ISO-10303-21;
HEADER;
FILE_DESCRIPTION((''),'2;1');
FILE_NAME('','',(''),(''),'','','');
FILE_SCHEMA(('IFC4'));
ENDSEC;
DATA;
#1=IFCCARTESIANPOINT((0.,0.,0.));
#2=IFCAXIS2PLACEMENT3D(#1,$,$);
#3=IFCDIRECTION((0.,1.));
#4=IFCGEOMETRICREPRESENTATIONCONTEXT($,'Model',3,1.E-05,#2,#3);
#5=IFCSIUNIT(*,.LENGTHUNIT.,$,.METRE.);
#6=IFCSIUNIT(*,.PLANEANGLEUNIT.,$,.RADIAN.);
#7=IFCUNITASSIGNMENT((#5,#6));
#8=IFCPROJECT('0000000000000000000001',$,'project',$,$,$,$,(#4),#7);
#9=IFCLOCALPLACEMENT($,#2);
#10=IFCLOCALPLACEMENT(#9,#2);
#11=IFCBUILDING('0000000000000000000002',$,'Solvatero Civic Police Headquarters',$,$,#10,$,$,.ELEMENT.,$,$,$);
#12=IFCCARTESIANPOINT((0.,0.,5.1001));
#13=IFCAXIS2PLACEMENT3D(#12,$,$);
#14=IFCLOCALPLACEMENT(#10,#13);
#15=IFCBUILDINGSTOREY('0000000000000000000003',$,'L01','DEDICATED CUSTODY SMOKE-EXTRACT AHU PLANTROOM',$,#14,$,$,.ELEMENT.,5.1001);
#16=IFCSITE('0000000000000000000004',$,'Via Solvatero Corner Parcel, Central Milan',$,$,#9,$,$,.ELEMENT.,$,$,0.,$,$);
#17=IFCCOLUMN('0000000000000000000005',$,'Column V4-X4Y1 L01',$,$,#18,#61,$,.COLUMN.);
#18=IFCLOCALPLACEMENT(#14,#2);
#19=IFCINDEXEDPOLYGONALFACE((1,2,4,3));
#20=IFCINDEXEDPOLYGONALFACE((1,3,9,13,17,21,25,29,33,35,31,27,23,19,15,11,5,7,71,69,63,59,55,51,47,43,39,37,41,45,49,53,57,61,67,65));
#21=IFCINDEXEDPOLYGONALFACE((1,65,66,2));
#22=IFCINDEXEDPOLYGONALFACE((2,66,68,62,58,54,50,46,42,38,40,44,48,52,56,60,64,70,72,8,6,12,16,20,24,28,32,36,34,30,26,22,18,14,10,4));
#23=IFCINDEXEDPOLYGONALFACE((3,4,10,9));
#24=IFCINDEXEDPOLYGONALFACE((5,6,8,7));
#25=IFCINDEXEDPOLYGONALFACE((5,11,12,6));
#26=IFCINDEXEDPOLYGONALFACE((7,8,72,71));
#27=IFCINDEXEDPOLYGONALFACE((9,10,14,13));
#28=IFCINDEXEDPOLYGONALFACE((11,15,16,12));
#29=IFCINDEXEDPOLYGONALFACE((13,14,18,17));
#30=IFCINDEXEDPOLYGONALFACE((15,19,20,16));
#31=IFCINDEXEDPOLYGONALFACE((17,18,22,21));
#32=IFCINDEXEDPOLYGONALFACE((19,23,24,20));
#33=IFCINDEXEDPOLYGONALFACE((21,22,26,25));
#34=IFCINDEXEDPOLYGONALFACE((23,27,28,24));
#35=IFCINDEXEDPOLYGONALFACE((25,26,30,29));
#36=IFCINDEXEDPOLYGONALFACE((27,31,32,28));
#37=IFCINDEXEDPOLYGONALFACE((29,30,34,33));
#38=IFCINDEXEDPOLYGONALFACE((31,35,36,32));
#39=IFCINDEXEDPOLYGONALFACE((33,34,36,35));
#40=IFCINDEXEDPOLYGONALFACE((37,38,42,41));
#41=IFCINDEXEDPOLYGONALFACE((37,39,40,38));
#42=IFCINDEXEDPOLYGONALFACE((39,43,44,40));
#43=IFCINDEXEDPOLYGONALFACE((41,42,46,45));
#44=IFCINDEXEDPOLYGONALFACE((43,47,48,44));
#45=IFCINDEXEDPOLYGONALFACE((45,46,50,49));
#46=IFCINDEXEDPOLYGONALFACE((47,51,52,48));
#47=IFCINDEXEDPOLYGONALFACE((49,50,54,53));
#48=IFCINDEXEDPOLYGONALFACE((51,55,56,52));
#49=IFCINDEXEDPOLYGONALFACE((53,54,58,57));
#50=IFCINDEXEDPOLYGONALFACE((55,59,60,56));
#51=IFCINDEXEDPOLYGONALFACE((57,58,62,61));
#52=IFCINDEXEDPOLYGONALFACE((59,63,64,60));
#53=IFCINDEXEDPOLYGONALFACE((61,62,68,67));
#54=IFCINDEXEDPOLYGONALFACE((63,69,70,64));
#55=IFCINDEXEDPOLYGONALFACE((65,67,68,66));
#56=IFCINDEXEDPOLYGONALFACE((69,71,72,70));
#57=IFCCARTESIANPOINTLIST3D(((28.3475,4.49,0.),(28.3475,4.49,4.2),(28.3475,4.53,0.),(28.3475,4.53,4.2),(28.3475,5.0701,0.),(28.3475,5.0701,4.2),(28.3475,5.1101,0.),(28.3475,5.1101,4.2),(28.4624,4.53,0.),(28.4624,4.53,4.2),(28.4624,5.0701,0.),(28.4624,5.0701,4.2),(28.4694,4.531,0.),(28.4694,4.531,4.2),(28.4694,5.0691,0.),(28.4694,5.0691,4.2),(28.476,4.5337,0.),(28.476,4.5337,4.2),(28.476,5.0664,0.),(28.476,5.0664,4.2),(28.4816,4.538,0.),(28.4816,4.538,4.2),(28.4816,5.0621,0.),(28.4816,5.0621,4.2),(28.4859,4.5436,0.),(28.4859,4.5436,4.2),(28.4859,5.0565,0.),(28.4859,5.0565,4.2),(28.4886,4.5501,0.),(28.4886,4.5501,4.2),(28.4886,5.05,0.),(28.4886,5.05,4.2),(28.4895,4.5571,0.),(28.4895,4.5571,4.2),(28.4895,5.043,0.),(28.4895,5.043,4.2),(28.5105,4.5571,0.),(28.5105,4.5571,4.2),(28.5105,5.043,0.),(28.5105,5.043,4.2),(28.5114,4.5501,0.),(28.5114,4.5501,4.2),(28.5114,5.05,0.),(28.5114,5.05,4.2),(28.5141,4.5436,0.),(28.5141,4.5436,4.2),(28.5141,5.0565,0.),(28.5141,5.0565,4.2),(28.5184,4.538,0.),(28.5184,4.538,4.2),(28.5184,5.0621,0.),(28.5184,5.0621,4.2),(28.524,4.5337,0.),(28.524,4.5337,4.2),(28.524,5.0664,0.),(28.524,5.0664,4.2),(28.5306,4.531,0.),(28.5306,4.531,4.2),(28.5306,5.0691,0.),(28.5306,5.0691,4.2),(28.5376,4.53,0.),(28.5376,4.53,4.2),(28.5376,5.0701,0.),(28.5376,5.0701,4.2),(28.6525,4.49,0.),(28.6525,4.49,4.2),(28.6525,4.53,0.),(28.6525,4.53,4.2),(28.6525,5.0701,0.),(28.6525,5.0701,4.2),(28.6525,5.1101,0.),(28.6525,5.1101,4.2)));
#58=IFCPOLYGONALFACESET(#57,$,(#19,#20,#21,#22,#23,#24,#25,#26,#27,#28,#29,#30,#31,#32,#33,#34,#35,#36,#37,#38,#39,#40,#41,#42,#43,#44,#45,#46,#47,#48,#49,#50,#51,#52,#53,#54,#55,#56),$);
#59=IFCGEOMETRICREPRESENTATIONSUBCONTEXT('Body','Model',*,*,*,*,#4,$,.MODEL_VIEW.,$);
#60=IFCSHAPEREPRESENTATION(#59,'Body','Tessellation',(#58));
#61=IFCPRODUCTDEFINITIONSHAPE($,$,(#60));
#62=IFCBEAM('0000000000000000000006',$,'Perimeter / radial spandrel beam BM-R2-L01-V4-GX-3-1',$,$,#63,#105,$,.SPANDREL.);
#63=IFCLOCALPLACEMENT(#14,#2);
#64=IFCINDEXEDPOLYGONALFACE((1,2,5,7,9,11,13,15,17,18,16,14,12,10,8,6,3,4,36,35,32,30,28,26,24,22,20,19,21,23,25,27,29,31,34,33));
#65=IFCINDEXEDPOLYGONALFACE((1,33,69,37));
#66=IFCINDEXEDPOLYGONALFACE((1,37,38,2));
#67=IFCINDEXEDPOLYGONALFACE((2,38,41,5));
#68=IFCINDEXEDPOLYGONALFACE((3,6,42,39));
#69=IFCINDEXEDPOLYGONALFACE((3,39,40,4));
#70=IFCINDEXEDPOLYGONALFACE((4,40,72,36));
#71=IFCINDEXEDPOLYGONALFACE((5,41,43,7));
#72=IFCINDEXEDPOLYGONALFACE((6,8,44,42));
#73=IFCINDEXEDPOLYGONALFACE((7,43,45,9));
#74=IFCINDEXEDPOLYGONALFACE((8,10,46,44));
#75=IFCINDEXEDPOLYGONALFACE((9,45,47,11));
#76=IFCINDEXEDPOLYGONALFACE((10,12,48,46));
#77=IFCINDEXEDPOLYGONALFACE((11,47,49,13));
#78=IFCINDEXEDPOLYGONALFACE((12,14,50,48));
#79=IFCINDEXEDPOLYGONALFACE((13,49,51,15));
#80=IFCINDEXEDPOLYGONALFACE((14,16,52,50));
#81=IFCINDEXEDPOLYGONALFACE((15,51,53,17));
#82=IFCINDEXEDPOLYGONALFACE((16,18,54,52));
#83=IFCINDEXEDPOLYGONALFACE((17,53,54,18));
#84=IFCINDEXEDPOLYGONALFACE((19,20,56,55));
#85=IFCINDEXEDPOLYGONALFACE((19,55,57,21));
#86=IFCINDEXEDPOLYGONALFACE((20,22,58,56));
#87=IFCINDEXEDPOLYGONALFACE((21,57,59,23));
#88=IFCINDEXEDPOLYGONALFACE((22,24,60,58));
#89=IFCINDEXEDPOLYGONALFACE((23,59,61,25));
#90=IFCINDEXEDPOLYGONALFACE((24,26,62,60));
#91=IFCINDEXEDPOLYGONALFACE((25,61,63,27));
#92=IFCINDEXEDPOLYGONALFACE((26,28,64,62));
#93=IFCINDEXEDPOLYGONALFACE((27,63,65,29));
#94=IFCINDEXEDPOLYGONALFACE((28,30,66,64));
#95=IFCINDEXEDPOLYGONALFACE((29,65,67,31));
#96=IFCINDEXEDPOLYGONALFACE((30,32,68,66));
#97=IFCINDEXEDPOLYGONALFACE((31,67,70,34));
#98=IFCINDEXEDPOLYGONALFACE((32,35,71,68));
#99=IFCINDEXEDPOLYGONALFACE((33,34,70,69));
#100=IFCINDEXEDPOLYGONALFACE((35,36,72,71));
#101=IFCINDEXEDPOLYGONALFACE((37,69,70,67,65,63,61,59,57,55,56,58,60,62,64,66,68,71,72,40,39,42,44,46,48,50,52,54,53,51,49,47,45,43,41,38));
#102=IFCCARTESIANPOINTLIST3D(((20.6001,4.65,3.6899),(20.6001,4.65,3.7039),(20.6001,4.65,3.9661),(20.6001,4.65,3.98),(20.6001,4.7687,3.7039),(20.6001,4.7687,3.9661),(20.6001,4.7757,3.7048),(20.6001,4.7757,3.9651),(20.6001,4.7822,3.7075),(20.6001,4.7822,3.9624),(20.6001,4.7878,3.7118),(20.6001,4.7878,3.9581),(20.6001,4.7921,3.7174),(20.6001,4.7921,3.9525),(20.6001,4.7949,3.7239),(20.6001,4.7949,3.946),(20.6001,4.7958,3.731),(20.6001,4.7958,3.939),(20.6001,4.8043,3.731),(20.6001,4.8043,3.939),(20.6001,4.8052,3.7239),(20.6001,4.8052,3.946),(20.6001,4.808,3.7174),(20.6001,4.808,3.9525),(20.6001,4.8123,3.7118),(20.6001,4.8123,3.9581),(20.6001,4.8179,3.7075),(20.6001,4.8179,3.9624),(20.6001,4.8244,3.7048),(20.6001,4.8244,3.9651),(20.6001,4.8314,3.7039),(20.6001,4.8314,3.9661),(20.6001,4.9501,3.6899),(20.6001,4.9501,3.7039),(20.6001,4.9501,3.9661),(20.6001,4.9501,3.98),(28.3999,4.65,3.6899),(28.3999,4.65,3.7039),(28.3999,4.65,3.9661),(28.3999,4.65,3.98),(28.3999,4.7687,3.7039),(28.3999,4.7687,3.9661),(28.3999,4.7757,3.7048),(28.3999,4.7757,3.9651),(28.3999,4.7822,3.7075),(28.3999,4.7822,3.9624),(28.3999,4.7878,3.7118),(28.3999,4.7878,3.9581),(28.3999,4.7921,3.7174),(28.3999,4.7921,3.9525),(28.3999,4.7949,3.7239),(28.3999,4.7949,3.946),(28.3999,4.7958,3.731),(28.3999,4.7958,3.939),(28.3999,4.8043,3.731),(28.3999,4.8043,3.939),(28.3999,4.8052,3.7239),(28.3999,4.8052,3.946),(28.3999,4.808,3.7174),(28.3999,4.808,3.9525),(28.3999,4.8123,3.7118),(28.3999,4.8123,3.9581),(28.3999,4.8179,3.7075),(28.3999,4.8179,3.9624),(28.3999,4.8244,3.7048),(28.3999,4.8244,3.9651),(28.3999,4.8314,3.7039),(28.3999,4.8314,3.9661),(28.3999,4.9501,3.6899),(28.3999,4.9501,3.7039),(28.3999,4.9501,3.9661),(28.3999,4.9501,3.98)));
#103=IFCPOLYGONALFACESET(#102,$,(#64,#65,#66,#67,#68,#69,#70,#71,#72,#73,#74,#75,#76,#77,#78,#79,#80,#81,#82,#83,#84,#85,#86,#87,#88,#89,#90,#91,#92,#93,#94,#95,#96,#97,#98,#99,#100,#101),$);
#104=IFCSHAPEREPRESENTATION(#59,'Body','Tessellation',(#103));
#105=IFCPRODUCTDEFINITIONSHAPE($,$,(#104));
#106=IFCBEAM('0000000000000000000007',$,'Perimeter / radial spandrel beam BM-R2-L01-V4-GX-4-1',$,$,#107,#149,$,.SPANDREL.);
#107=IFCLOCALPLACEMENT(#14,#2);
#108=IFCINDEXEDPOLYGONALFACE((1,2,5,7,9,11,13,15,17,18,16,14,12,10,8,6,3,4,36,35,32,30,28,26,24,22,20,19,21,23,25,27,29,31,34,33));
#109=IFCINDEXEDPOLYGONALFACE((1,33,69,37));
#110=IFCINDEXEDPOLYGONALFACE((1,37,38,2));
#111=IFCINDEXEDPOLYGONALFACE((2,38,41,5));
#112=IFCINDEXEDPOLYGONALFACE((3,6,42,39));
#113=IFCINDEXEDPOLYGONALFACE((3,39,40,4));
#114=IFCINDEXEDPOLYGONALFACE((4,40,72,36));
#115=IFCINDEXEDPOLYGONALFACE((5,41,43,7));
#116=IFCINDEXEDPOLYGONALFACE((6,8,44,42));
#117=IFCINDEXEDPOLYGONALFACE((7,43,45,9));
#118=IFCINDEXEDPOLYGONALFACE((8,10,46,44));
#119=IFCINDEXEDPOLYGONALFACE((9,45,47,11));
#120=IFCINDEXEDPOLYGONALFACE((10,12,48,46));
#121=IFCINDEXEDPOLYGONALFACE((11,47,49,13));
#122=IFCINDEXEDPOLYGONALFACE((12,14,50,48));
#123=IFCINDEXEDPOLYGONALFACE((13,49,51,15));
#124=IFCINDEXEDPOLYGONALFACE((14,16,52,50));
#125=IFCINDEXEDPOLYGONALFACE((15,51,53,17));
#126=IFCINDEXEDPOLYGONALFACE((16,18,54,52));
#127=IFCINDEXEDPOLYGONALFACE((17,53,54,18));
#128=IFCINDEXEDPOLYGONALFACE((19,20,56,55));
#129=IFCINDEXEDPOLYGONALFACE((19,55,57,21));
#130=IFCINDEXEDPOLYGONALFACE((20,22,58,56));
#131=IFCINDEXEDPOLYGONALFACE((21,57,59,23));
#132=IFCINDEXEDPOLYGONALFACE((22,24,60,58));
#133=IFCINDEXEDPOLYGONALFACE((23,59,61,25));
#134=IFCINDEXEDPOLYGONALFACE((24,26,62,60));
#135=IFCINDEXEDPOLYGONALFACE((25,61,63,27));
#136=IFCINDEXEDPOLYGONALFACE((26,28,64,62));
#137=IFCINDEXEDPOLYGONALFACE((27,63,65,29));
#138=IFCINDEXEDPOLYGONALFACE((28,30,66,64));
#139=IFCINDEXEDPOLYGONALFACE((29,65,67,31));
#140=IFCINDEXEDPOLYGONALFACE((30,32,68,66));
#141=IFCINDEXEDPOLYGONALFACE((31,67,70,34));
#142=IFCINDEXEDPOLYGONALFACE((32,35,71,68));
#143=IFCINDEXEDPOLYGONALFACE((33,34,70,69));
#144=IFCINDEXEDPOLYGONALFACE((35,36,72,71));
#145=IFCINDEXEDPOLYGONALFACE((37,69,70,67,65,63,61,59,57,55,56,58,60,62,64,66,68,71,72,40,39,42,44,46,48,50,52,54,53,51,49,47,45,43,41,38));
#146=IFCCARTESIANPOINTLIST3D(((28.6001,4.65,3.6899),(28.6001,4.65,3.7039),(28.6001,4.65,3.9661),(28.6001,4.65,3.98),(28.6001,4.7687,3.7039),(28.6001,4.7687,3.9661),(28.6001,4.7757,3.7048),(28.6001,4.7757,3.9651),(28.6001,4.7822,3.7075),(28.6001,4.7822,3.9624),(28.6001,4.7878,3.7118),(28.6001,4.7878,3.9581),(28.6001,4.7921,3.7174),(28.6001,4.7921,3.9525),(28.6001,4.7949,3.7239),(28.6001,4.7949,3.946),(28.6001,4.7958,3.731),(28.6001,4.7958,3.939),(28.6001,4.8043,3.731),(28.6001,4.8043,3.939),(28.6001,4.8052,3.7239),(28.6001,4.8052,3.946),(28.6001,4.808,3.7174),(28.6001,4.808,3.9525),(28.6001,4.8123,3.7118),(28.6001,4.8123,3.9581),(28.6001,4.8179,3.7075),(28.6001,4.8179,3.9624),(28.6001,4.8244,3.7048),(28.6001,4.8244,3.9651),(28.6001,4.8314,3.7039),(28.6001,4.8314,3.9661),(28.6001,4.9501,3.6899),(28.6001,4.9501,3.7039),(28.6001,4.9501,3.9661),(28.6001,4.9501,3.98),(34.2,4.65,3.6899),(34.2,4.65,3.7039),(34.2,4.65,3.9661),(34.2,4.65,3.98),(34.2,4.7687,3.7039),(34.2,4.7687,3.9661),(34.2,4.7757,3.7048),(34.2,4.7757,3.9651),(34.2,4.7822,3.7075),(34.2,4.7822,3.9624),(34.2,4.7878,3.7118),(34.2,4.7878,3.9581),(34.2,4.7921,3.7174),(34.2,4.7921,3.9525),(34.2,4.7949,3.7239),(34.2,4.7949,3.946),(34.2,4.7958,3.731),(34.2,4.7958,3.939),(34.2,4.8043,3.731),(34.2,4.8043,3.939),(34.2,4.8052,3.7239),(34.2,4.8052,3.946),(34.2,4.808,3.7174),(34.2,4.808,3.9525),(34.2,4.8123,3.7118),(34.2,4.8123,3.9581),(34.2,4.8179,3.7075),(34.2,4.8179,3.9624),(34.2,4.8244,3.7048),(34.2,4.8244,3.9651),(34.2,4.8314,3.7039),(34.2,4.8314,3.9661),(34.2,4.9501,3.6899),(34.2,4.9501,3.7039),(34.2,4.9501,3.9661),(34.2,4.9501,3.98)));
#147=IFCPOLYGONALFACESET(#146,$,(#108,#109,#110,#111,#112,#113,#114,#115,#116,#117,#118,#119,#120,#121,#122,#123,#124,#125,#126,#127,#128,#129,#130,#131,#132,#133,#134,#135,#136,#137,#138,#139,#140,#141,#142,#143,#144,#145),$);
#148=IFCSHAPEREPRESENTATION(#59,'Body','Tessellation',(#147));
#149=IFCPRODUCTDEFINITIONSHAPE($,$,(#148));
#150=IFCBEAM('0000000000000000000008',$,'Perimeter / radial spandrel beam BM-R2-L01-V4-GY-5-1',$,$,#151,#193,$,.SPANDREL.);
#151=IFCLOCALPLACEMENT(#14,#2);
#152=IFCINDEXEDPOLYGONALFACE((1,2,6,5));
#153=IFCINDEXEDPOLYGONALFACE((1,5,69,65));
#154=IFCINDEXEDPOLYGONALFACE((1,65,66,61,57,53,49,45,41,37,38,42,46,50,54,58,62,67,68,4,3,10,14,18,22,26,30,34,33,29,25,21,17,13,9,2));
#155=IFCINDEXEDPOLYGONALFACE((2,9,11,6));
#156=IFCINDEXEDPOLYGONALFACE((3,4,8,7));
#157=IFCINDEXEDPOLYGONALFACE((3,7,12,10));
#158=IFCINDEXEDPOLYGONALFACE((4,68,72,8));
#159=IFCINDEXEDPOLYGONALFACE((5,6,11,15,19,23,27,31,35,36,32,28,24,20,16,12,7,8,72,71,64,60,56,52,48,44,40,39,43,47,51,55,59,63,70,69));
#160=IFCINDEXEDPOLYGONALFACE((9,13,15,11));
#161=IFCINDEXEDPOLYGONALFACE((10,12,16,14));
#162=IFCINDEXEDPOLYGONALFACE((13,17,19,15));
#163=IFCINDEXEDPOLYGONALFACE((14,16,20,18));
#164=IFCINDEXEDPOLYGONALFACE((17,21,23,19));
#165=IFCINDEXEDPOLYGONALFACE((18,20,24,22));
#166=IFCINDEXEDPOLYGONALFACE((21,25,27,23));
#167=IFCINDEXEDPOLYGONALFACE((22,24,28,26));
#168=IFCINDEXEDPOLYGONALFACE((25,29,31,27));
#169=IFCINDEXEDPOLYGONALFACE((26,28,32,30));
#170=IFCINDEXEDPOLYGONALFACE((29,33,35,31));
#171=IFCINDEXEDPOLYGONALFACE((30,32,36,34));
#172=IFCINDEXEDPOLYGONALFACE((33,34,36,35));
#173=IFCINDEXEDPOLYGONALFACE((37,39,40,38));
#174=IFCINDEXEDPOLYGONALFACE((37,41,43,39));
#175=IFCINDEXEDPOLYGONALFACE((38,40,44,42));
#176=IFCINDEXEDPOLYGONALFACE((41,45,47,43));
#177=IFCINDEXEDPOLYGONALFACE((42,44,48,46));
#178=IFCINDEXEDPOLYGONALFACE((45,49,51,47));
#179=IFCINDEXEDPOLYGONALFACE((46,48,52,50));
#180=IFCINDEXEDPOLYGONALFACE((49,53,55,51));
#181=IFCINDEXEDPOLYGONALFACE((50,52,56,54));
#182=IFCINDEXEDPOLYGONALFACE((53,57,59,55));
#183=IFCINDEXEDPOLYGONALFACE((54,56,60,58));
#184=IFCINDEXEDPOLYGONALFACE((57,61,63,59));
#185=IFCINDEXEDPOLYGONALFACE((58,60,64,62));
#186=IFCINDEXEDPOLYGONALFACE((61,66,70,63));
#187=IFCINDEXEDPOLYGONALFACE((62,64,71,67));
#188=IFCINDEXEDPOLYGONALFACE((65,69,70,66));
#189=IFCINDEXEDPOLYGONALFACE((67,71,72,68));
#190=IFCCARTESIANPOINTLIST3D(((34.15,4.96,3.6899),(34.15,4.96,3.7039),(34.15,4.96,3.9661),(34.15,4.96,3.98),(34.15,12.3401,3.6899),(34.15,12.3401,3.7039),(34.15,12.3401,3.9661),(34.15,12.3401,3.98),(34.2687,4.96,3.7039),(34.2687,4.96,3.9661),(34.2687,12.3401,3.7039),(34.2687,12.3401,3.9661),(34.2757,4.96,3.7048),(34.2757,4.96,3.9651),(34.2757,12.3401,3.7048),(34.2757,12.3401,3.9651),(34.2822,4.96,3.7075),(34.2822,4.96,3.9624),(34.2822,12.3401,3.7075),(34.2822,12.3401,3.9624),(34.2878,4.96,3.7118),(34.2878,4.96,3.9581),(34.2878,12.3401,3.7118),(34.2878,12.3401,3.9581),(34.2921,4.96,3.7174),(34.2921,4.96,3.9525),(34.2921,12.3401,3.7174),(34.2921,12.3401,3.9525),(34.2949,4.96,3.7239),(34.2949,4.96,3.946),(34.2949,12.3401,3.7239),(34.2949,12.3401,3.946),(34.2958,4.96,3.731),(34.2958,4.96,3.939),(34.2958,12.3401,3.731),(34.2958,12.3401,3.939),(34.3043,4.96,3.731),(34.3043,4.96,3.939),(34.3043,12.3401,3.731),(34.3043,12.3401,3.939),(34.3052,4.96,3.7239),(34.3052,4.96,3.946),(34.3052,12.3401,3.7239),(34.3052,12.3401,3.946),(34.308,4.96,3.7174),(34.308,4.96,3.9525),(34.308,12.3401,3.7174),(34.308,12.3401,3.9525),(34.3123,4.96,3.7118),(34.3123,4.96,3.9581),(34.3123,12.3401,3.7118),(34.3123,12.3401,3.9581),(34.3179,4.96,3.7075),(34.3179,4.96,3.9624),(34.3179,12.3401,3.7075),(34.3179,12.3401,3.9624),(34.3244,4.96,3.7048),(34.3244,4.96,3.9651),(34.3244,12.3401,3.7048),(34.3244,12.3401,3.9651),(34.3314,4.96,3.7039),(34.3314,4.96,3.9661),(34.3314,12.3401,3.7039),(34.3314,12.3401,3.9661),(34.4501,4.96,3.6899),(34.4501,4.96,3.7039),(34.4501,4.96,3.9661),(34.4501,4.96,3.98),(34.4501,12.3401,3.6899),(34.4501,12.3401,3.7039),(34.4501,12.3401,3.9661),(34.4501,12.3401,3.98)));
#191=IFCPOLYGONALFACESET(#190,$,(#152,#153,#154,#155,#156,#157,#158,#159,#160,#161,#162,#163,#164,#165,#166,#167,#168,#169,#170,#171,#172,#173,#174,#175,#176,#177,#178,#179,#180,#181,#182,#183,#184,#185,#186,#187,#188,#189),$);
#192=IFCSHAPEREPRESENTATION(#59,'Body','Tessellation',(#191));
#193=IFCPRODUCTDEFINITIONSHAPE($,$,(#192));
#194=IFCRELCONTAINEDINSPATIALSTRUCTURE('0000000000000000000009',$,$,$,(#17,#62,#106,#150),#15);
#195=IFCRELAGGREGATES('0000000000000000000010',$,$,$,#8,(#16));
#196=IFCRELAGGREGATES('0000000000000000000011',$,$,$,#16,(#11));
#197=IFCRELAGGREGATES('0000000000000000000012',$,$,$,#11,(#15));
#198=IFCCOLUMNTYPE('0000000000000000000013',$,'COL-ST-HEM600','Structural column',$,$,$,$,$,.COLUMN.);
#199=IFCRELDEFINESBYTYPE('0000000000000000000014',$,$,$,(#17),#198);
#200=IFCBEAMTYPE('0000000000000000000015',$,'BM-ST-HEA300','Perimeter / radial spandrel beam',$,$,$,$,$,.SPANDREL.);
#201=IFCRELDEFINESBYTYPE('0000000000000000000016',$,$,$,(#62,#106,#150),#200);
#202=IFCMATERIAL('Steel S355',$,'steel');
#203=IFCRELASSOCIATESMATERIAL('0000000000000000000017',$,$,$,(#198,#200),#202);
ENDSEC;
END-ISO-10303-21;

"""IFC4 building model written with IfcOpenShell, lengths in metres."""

from ifc_helpers import new_model, si_unit, direction, frame, origin, origin_2d, place, context, subcontext, project, spatial, i_section, extrude, material, material_profile, profile_set, type_object, element, save


model = new_model("IFC4")

# Units and contexts
model_context = context("Model", 3, precision=1e-05, world=origin(), true_north=direction((0.0, 1.0)))
body_context = subcontext(model_context, "Body", "Model", "MODEL_VIEW")
ifc_project = project(units=[si_unit("LENGTHUNIT", "METRE"), si_unit("PLANEANGLEUNIT", "RADIAN")], contexts=[model_context])

# Site, building, storey
site_placement = place(None, origin())
site = spatial("IfcSite", under=ifc_project, at=site_placement, Name="Via Solvatero Corner Parcel, Central Milan", CompositionType="ELEMENT", RefElevation=0.0)
building_placement = place(site_placement, origin())
building = spatial("IfcBuilding", under=site, at=building_placement, Name="Solvatero Civic Police Headquarters", CompositionType="ELEMENT")
storey_placement = place(building_placement, frame((0.0, 0.0, 5.1001)))
storey = spatial("IfcBuildingStorey", under=building, at=storey_placement, Name="L01", Description="DEDICATED CUSTODY SMOKE-EXTRACT AHU PLANTROOM", CompositionType="ELEMENT", Elevation=5.1001)

# Column
ifc_material_1 = material(Name="Steel S355", Category="steel")
ifc_material_profile_1 = material_profile(ifc_material_1, i_section(OverallWidth=0.3049, OverallDepth=0.6201, WebThickness=0.021, FlangeThickness=0.04, FilletRadius=0.0271, at=origin_2d()), Name="HEM 600")
ifc_profile_set_1 = profile_set([ifc_material_profile_1], Name="Steel S355")
column_type_1 = type_object("IfcColumnType", Name="COL-ST-HEM600", Description="Structural column", PredefinedType="COLUMN", material=ifc_profile_set_1)
for number, where, z_axis, x_axis, name in (
    (1, (28.5, 4.8, 0.0), (0.0, 0.0, 1.0), (1.0, 0.0, 0.0), "Column V4-X4Y1 L01"),
):
    element("IfcColumn", number, at=place(storey_placement, frame(where, z_axis=z_axis, x_axis=x_axis)), inside=storey, type_object=column_type_1, Name=name, PredefinedType="COLUMN", context=body_context, shape_type="SweptSolid", body=[
        extrude(i_section(OverallWidth=0.3049, OverallDepth=0.6201, WebThickness=0.021, FlangeThickness=0.04, FilletRadius=0.0271, at=origin_2d()), origin(), (0.0, 0.0, 1.0), 4.2),
    ])

# Beams
ifc_material_profile_2 = material_profile(ifc_material_1, i_section(OverallWidth=0.3, OverallDepth=0.29, WebThickness=0.0085, FlangeThickness=0.0139, FilletRadius=0.0271, at=origin_2d()), Name="HEA 300")
ifc_profile_set_2 = profile_set([ifc_material_profile_2], Name="Steel S355")
beam_type_1 = type_object("IfcBeamType", Name="BM-ST-HEA300", Description="Perimeter / radial spandrel beam", PredefinedType="SPANDREL", material=ifc_profile_set_2)
beam_1_placement = place(storey_placement, frame((20.6001, 4.8, 3.835), z_axis=(1.0, 0.0, 0.0), x_axis=(0.0, 1.0, 0.0)))
element("IfcBeam", 2, at=beam_1_placement, inside=storey, type_object=beam_type_1, Name="Perimeter / radial spandrel beam BM-R2-L01-V4-GX-3-1", PredefinedType="SPANDREL", context=body_context, shape_type="SweptSolid", body=[
    extrude(i_section(OverallWidth=0.3, OverallDepth=0.29, WebThickness=0.0085, FlangeThickness=0.0139, FilletRadius=0.0271, at=origin_2d()), origin(), (0.0, 0.0, 1.0), 7.7998),
])
beam_2_placement = place(storey_placement, frame((28.6001, 4.8, 3.835), z_axis=(1.0, 0.0, 0.0), x_axis=(0.0, 1.0, 0.0)))
element("IfcBeam", 3, at=beam_2_placement, inside=storey, type_object=beam_type_1, Name="Perimeter / radial spandrel beam BM-R2-L01-V4-GX-4-1", PredefinedType="SPANDREL", context=body_context, shape_type="SweptSolid", body=[
    extrude(i_section(OverallWidth=0.3, OverallDepth=0.29, WebThickness=0.0085, FlangeThickness=0.0139, FilletRadius=0.0271, at=origin_2d()), origin(), (0.0, 0.0, 1.0), 5.5999),
])
beam_3_placement = place(storey_placement, frame((34.3, 4.96, 3.835), z_axis=(0.0, 1.0, 0.0), x_axis=(-1.0, 0.0, 0.0)))
element("IfcBeam", 4, at=beam_3_placement, inside=storey, type_object=beam_type_1, Name="Perimeter / radial spandrel beam BM-R2-L01-V4-GY-5-1", PredefinedType="SPANDREL", context=body_context, shape_type="SweptSolid", body=[
    extrude(i_section(OverallWidth=0.3, OverallDepth=0.29, WebThickness=0.0085, FlangeThickness=0.0139, FilletRadius=0.0271, at=origin_2d()), origin(), (0.0, 0.0, 1.0), 7.3801),
])

save(model, "model.ifc")
